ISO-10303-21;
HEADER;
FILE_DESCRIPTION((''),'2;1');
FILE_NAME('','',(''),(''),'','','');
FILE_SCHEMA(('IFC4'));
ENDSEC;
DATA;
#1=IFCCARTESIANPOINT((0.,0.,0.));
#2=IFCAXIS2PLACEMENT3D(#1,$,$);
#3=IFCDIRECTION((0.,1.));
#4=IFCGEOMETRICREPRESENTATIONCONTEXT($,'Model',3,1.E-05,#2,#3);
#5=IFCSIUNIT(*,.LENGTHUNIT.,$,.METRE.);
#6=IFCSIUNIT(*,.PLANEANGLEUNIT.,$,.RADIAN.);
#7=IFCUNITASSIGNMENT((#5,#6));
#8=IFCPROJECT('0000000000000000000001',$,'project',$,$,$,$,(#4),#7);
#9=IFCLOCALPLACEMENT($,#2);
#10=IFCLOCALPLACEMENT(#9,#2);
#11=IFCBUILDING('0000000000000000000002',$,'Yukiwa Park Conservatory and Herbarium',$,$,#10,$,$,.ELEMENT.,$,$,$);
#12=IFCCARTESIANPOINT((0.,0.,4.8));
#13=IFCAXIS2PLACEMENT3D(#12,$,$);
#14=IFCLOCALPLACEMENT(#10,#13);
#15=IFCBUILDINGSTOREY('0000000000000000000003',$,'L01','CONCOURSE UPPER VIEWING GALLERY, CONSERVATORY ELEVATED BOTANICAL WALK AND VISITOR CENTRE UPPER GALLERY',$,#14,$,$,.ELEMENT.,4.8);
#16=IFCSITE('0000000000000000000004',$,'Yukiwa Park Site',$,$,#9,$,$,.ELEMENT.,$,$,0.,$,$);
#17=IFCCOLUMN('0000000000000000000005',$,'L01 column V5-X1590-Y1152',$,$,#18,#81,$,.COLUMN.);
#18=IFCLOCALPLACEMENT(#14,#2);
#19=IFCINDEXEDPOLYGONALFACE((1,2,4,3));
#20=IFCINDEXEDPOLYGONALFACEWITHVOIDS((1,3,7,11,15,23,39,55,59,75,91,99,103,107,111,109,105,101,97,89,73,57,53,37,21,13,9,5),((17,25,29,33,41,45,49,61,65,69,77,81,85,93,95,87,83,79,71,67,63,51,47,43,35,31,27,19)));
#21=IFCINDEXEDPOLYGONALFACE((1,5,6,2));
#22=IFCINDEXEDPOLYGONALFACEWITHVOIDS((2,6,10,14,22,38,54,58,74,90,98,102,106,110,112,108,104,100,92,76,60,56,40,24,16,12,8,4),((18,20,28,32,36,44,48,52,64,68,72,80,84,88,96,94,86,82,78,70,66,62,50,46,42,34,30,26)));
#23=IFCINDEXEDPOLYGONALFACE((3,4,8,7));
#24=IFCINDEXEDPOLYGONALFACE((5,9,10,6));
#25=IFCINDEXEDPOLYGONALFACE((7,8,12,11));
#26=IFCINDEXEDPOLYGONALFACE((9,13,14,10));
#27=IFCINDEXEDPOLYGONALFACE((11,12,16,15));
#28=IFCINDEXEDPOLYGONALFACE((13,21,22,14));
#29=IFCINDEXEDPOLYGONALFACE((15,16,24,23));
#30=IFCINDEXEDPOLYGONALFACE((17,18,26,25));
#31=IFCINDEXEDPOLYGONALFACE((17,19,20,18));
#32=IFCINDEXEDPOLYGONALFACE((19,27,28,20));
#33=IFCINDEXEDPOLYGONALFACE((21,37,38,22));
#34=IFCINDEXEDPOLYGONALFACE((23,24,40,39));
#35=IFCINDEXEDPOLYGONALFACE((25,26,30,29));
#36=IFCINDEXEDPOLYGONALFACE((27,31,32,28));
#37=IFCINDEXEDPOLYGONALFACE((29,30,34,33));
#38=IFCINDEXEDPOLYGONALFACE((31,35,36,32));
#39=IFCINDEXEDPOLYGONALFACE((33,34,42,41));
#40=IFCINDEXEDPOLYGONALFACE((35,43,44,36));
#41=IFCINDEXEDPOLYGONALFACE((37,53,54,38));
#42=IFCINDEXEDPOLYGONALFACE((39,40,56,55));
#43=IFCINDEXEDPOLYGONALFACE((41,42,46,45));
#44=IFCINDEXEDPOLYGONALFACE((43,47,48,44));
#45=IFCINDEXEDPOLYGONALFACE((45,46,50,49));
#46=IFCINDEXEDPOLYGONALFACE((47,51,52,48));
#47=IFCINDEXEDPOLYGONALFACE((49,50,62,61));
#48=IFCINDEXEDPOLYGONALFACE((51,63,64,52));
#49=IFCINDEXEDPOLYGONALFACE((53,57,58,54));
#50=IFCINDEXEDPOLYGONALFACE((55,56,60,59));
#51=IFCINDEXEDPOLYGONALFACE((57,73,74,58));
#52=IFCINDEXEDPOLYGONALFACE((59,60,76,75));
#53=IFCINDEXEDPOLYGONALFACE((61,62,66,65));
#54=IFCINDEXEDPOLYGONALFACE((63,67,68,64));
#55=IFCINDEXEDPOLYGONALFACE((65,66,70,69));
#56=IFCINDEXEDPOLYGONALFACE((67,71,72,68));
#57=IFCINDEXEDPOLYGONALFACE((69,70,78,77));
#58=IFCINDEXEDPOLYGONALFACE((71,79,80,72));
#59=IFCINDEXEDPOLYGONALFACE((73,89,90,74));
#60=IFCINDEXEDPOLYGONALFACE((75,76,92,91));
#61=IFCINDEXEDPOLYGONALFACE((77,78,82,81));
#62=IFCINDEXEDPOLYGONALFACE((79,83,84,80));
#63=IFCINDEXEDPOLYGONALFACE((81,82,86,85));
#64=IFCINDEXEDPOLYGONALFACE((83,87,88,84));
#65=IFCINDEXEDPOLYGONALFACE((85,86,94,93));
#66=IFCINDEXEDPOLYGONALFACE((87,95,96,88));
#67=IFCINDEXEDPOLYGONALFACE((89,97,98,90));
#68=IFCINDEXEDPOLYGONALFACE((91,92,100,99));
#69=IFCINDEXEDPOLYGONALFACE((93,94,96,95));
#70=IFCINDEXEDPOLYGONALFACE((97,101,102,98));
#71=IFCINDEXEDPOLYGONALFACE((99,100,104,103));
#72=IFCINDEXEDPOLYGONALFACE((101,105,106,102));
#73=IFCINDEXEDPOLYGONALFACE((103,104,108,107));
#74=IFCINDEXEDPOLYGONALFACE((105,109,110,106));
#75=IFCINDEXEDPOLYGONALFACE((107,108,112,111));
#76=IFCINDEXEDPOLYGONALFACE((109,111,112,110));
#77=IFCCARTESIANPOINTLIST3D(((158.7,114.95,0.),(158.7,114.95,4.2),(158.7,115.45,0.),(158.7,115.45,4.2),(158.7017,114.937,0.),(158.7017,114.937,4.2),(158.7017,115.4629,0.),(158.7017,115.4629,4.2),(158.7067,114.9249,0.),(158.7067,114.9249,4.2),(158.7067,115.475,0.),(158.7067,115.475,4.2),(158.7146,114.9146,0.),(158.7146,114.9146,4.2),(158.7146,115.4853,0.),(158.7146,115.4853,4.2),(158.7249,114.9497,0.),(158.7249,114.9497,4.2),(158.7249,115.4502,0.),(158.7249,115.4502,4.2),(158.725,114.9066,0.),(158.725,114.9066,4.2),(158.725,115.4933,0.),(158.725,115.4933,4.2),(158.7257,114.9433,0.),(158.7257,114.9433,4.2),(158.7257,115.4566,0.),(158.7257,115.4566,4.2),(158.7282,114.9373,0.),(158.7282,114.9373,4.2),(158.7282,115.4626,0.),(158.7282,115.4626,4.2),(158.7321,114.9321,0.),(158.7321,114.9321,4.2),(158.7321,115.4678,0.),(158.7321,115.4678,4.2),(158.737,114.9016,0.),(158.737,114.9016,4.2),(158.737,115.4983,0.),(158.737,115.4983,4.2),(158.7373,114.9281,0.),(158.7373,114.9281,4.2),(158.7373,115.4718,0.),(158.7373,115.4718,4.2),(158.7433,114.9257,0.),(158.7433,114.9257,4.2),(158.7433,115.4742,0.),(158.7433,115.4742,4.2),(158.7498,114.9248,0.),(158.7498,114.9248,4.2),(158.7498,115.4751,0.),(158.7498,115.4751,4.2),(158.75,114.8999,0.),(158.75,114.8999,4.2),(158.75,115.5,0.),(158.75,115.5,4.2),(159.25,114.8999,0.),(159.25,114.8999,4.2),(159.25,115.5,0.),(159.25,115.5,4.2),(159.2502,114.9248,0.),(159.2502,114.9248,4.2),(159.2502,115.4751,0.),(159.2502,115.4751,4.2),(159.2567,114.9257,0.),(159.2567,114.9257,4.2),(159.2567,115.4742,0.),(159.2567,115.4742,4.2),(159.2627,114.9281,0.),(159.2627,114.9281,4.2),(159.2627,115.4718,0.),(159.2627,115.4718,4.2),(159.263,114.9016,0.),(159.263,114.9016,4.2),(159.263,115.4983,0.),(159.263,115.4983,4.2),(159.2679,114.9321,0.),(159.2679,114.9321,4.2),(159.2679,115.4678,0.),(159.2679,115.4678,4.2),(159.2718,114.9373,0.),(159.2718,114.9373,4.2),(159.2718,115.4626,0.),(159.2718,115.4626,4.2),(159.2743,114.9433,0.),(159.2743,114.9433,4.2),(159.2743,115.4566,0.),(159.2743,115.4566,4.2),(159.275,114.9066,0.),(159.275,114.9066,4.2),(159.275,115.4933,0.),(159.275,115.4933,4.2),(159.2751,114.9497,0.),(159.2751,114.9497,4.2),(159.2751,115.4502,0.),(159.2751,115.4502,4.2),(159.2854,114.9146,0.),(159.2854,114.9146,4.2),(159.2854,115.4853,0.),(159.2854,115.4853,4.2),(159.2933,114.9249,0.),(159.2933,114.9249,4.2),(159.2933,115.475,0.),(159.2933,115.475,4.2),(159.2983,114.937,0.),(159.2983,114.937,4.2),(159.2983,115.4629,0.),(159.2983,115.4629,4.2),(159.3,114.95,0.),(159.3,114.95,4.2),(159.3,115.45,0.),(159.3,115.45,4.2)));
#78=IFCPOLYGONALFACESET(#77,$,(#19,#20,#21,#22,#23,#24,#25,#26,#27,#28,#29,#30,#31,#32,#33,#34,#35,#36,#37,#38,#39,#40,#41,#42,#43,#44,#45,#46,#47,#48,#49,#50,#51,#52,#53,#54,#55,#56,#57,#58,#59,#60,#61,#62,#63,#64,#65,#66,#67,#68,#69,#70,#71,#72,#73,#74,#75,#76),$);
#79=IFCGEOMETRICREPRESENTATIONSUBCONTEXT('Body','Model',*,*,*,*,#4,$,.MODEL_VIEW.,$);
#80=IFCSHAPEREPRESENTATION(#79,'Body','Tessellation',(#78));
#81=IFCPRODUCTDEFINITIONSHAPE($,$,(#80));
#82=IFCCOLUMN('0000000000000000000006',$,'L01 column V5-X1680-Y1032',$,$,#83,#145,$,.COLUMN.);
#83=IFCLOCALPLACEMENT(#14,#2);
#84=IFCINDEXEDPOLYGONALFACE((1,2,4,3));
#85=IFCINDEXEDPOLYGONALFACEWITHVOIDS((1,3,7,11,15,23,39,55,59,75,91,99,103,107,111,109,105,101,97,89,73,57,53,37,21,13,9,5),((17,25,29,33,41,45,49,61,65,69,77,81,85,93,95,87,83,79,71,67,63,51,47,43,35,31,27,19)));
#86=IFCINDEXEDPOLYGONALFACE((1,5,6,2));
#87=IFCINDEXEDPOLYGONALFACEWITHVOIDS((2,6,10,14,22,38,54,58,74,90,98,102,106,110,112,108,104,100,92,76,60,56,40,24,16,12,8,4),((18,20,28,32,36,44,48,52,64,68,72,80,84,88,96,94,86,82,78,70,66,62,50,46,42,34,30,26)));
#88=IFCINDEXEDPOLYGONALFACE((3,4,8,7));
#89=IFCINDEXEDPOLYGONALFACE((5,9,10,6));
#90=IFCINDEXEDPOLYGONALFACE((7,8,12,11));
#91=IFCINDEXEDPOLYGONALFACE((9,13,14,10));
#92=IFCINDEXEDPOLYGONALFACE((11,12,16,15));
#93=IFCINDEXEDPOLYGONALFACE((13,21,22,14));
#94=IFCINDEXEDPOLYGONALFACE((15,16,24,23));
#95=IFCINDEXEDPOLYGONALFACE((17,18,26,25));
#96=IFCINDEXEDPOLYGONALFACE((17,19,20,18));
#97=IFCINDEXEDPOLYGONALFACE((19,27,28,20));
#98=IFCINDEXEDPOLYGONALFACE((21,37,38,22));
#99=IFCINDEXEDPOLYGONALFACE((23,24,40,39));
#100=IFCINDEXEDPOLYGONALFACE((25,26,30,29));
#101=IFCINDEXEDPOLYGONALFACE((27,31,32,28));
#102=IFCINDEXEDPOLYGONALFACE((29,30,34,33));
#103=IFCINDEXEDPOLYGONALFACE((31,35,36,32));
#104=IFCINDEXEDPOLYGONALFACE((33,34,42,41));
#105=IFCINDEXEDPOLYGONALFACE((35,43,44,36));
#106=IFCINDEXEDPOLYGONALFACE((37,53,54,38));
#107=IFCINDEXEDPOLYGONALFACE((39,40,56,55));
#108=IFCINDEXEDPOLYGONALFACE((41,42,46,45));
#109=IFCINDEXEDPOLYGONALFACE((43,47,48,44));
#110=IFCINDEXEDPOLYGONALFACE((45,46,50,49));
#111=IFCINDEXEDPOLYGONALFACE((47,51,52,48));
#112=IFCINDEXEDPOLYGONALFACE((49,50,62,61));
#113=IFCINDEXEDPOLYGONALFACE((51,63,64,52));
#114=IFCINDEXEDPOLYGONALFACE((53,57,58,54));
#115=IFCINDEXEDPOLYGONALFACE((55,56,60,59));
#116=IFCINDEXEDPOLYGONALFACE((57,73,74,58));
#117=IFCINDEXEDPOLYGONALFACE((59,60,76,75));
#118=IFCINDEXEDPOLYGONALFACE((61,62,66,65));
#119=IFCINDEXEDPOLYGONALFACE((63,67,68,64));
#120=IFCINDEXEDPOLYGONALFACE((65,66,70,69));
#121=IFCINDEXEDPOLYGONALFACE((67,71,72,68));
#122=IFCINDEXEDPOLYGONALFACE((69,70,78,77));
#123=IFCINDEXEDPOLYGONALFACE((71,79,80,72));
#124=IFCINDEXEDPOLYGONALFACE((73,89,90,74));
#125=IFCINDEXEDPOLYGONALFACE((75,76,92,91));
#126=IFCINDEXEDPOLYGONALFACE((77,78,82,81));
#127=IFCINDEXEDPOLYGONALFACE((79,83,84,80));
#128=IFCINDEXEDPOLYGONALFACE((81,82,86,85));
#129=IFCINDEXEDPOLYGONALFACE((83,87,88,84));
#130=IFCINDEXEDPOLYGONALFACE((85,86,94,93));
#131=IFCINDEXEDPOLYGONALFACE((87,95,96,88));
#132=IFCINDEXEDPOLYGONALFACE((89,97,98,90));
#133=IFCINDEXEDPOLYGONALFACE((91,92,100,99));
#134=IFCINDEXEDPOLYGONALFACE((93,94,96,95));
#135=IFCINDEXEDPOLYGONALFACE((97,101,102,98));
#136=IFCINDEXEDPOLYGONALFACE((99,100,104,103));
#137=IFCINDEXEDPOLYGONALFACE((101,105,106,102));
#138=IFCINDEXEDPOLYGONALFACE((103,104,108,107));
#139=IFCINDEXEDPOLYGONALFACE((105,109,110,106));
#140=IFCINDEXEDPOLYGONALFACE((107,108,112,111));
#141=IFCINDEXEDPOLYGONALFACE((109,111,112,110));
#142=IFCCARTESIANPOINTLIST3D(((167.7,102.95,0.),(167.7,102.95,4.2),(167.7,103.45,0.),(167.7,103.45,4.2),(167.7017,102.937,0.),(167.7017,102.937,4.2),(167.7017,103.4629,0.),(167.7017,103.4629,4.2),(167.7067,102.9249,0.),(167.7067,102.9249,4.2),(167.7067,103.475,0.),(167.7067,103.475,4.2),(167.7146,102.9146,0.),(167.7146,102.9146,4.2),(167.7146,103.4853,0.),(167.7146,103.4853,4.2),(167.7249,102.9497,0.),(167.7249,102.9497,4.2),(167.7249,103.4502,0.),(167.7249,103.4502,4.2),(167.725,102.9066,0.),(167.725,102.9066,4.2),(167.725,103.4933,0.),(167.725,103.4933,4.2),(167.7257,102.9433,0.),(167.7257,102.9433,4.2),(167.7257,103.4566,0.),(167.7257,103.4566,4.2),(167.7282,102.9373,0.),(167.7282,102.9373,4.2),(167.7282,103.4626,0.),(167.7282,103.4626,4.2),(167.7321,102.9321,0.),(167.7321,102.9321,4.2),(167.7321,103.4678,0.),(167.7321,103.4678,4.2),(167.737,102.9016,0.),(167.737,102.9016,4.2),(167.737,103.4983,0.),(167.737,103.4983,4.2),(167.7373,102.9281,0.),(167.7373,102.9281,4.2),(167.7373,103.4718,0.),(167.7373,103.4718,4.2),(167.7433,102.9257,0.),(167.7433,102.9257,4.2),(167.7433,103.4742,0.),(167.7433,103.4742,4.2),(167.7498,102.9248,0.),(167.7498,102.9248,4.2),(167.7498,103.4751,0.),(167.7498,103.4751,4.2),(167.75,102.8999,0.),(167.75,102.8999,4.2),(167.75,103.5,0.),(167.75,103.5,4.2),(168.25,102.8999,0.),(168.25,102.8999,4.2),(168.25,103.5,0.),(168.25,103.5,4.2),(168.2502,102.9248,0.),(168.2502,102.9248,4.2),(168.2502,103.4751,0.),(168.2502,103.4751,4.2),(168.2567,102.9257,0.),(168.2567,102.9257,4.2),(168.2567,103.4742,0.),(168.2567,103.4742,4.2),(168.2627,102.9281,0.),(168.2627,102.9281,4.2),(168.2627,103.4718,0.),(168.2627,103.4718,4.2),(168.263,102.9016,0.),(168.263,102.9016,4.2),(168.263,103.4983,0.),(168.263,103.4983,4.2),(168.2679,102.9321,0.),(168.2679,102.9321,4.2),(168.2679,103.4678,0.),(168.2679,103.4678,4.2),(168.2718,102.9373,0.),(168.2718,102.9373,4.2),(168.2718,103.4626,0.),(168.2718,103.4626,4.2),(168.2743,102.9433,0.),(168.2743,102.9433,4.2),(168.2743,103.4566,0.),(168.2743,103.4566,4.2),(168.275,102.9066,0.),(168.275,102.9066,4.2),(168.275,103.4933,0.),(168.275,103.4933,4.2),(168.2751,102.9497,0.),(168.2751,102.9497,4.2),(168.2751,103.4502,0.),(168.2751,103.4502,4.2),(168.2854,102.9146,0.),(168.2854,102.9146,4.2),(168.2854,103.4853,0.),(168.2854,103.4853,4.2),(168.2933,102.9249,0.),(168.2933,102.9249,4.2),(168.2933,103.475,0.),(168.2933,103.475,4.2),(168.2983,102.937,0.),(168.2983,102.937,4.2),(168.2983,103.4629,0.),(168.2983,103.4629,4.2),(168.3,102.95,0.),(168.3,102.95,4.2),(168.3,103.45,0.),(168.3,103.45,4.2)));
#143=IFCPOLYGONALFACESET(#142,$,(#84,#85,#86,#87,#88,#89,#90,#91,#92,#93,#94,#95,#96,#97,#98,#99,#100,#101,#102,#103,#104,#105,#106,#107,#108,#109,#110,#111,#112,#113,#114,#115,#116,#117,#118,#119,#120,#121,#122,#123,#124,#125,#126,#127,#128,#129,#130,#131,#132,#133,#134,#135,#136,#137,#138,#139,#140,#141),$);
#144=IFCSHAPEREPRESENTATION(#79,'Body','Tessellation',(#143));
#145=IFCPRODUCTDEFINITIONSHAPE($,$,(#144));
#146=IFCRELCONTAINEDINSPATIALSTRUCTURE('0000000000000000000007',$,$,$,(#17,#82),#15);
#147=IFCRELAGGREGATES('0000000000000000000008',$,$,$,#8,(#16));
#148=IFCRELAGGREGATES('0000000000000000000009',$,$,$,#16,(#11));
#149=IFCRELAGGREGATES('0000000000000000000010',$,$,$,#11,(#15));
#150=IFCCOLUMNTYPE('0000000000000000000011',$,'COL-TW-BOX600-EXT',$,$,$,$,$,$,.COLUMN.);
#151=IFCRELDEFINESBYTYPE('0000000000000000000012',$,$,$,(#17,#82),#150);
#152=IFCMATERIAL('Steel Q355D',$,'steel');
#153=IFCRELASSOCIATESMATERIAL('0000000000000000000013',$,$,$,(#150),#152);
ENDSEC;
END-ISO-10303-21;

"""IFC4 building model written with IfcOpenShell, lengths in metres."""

from ifc_helpers import new_model, si_unit, direction, frame, origin, origin_2d, place, context, subcontext, project, spatial, hollow_rectangle, extrude, material, material_profile, profile_set, type_object, element, save


model = new_model("IFC4")

# Units and contexts
model_context = context("Model", 3, precision=1e-05, world=origin(), true_north=direction((0.0, 1.0)))
body_context = subcontext(model_context, "Body", "Model", "MODEL_VIEW")
ifc_project = project(units=[si_unit("LENGTHUNIT", "METRE"), si_unit("PLANEANGLEUNIT", "RADIAN")], contexts=[model_context])

# Site, building, storey
site_placement = place(None, origin())
site = spatial("IfcSite", under=ifc_project, at=site_placement, Name="Yukiwa Park Site", CompositionType="ELEMENT", RefElevation=0.0)
building_placement = place(site_placement, origin())
building = spatial("IfcBuilding", under=site, at=building_placement, Name="Yukiwa Park Conservatory and Herbarium", CompositionType="ELEMENT")
storey_placement = place(building_placement, frame((0.0, 0.0, 4.8)))
storey = spatial("IfcBuildingStorey", under=building, at=storey_placement, Name="L01", Description="CONCOURSE UPPER VIEWING GALLERY, CONSERVATORY ELEVATED BOTANICAL WALK AND VISITOR CENTRE UPPER GALLERY", CompositionType="ELEMENT", Elevation=4.8)

# Columns
ifc_material_1 = material(Name="Steel Q355D", Category="steel")
ifc_material_profile_1 = material_profile(ifc_material_1, hollow_rectangle(XDim=0.6001, YDim=0.6001, WallThickness=0.0249, InnerFilletRadius=0.0249, OuterFilletRadius=0.05, at=origin_2d()), Name="BOX 600x600x25")
ifc_profile_set_1 = profile_set([ifc_material_profile_1], Name="Steel Q355D")
column_type_1 = type_object("IfcColumnType", Name="COL-TW-BOX600-EXT", PredefinedType="COLUMN", material=ifc_profile_set_1)
for number, where, z_axis, x_axis, name in (
    (1, (159.0, 115.2, 0.0), (0.0, 0.0, 1.0), (1.0, 0.0, 0.0), "L01 column V5-X1590-Y1152"),
    (2, (168.0, 103.2, 0.0), (0.0, 0.0, 1.0), (1.0, 0.0, 0.0), "L01 column V5-X1680-Y1032"),
):
    element("IfcColumn", number, at=place(storey_placement, frame(where, z_axis=z_axis, x_axis=x_axis)), inside=storey, type_object=column_type_1, Name=name, PredefinedType="COLUMN", context=body_context, shape_type="SweptSolid", body=[
        extrude(hollow_rectangle(XDim=0.6001, YDim=0.6001, WallThickness=0.0249, InnerFilletRadius=0.0249, OuterFilletRadius=0.05, at=origin_2d()), origin(), (0.0, 0.0, 1.0), 4.2),
    ])

save(model, "model.ifc")
